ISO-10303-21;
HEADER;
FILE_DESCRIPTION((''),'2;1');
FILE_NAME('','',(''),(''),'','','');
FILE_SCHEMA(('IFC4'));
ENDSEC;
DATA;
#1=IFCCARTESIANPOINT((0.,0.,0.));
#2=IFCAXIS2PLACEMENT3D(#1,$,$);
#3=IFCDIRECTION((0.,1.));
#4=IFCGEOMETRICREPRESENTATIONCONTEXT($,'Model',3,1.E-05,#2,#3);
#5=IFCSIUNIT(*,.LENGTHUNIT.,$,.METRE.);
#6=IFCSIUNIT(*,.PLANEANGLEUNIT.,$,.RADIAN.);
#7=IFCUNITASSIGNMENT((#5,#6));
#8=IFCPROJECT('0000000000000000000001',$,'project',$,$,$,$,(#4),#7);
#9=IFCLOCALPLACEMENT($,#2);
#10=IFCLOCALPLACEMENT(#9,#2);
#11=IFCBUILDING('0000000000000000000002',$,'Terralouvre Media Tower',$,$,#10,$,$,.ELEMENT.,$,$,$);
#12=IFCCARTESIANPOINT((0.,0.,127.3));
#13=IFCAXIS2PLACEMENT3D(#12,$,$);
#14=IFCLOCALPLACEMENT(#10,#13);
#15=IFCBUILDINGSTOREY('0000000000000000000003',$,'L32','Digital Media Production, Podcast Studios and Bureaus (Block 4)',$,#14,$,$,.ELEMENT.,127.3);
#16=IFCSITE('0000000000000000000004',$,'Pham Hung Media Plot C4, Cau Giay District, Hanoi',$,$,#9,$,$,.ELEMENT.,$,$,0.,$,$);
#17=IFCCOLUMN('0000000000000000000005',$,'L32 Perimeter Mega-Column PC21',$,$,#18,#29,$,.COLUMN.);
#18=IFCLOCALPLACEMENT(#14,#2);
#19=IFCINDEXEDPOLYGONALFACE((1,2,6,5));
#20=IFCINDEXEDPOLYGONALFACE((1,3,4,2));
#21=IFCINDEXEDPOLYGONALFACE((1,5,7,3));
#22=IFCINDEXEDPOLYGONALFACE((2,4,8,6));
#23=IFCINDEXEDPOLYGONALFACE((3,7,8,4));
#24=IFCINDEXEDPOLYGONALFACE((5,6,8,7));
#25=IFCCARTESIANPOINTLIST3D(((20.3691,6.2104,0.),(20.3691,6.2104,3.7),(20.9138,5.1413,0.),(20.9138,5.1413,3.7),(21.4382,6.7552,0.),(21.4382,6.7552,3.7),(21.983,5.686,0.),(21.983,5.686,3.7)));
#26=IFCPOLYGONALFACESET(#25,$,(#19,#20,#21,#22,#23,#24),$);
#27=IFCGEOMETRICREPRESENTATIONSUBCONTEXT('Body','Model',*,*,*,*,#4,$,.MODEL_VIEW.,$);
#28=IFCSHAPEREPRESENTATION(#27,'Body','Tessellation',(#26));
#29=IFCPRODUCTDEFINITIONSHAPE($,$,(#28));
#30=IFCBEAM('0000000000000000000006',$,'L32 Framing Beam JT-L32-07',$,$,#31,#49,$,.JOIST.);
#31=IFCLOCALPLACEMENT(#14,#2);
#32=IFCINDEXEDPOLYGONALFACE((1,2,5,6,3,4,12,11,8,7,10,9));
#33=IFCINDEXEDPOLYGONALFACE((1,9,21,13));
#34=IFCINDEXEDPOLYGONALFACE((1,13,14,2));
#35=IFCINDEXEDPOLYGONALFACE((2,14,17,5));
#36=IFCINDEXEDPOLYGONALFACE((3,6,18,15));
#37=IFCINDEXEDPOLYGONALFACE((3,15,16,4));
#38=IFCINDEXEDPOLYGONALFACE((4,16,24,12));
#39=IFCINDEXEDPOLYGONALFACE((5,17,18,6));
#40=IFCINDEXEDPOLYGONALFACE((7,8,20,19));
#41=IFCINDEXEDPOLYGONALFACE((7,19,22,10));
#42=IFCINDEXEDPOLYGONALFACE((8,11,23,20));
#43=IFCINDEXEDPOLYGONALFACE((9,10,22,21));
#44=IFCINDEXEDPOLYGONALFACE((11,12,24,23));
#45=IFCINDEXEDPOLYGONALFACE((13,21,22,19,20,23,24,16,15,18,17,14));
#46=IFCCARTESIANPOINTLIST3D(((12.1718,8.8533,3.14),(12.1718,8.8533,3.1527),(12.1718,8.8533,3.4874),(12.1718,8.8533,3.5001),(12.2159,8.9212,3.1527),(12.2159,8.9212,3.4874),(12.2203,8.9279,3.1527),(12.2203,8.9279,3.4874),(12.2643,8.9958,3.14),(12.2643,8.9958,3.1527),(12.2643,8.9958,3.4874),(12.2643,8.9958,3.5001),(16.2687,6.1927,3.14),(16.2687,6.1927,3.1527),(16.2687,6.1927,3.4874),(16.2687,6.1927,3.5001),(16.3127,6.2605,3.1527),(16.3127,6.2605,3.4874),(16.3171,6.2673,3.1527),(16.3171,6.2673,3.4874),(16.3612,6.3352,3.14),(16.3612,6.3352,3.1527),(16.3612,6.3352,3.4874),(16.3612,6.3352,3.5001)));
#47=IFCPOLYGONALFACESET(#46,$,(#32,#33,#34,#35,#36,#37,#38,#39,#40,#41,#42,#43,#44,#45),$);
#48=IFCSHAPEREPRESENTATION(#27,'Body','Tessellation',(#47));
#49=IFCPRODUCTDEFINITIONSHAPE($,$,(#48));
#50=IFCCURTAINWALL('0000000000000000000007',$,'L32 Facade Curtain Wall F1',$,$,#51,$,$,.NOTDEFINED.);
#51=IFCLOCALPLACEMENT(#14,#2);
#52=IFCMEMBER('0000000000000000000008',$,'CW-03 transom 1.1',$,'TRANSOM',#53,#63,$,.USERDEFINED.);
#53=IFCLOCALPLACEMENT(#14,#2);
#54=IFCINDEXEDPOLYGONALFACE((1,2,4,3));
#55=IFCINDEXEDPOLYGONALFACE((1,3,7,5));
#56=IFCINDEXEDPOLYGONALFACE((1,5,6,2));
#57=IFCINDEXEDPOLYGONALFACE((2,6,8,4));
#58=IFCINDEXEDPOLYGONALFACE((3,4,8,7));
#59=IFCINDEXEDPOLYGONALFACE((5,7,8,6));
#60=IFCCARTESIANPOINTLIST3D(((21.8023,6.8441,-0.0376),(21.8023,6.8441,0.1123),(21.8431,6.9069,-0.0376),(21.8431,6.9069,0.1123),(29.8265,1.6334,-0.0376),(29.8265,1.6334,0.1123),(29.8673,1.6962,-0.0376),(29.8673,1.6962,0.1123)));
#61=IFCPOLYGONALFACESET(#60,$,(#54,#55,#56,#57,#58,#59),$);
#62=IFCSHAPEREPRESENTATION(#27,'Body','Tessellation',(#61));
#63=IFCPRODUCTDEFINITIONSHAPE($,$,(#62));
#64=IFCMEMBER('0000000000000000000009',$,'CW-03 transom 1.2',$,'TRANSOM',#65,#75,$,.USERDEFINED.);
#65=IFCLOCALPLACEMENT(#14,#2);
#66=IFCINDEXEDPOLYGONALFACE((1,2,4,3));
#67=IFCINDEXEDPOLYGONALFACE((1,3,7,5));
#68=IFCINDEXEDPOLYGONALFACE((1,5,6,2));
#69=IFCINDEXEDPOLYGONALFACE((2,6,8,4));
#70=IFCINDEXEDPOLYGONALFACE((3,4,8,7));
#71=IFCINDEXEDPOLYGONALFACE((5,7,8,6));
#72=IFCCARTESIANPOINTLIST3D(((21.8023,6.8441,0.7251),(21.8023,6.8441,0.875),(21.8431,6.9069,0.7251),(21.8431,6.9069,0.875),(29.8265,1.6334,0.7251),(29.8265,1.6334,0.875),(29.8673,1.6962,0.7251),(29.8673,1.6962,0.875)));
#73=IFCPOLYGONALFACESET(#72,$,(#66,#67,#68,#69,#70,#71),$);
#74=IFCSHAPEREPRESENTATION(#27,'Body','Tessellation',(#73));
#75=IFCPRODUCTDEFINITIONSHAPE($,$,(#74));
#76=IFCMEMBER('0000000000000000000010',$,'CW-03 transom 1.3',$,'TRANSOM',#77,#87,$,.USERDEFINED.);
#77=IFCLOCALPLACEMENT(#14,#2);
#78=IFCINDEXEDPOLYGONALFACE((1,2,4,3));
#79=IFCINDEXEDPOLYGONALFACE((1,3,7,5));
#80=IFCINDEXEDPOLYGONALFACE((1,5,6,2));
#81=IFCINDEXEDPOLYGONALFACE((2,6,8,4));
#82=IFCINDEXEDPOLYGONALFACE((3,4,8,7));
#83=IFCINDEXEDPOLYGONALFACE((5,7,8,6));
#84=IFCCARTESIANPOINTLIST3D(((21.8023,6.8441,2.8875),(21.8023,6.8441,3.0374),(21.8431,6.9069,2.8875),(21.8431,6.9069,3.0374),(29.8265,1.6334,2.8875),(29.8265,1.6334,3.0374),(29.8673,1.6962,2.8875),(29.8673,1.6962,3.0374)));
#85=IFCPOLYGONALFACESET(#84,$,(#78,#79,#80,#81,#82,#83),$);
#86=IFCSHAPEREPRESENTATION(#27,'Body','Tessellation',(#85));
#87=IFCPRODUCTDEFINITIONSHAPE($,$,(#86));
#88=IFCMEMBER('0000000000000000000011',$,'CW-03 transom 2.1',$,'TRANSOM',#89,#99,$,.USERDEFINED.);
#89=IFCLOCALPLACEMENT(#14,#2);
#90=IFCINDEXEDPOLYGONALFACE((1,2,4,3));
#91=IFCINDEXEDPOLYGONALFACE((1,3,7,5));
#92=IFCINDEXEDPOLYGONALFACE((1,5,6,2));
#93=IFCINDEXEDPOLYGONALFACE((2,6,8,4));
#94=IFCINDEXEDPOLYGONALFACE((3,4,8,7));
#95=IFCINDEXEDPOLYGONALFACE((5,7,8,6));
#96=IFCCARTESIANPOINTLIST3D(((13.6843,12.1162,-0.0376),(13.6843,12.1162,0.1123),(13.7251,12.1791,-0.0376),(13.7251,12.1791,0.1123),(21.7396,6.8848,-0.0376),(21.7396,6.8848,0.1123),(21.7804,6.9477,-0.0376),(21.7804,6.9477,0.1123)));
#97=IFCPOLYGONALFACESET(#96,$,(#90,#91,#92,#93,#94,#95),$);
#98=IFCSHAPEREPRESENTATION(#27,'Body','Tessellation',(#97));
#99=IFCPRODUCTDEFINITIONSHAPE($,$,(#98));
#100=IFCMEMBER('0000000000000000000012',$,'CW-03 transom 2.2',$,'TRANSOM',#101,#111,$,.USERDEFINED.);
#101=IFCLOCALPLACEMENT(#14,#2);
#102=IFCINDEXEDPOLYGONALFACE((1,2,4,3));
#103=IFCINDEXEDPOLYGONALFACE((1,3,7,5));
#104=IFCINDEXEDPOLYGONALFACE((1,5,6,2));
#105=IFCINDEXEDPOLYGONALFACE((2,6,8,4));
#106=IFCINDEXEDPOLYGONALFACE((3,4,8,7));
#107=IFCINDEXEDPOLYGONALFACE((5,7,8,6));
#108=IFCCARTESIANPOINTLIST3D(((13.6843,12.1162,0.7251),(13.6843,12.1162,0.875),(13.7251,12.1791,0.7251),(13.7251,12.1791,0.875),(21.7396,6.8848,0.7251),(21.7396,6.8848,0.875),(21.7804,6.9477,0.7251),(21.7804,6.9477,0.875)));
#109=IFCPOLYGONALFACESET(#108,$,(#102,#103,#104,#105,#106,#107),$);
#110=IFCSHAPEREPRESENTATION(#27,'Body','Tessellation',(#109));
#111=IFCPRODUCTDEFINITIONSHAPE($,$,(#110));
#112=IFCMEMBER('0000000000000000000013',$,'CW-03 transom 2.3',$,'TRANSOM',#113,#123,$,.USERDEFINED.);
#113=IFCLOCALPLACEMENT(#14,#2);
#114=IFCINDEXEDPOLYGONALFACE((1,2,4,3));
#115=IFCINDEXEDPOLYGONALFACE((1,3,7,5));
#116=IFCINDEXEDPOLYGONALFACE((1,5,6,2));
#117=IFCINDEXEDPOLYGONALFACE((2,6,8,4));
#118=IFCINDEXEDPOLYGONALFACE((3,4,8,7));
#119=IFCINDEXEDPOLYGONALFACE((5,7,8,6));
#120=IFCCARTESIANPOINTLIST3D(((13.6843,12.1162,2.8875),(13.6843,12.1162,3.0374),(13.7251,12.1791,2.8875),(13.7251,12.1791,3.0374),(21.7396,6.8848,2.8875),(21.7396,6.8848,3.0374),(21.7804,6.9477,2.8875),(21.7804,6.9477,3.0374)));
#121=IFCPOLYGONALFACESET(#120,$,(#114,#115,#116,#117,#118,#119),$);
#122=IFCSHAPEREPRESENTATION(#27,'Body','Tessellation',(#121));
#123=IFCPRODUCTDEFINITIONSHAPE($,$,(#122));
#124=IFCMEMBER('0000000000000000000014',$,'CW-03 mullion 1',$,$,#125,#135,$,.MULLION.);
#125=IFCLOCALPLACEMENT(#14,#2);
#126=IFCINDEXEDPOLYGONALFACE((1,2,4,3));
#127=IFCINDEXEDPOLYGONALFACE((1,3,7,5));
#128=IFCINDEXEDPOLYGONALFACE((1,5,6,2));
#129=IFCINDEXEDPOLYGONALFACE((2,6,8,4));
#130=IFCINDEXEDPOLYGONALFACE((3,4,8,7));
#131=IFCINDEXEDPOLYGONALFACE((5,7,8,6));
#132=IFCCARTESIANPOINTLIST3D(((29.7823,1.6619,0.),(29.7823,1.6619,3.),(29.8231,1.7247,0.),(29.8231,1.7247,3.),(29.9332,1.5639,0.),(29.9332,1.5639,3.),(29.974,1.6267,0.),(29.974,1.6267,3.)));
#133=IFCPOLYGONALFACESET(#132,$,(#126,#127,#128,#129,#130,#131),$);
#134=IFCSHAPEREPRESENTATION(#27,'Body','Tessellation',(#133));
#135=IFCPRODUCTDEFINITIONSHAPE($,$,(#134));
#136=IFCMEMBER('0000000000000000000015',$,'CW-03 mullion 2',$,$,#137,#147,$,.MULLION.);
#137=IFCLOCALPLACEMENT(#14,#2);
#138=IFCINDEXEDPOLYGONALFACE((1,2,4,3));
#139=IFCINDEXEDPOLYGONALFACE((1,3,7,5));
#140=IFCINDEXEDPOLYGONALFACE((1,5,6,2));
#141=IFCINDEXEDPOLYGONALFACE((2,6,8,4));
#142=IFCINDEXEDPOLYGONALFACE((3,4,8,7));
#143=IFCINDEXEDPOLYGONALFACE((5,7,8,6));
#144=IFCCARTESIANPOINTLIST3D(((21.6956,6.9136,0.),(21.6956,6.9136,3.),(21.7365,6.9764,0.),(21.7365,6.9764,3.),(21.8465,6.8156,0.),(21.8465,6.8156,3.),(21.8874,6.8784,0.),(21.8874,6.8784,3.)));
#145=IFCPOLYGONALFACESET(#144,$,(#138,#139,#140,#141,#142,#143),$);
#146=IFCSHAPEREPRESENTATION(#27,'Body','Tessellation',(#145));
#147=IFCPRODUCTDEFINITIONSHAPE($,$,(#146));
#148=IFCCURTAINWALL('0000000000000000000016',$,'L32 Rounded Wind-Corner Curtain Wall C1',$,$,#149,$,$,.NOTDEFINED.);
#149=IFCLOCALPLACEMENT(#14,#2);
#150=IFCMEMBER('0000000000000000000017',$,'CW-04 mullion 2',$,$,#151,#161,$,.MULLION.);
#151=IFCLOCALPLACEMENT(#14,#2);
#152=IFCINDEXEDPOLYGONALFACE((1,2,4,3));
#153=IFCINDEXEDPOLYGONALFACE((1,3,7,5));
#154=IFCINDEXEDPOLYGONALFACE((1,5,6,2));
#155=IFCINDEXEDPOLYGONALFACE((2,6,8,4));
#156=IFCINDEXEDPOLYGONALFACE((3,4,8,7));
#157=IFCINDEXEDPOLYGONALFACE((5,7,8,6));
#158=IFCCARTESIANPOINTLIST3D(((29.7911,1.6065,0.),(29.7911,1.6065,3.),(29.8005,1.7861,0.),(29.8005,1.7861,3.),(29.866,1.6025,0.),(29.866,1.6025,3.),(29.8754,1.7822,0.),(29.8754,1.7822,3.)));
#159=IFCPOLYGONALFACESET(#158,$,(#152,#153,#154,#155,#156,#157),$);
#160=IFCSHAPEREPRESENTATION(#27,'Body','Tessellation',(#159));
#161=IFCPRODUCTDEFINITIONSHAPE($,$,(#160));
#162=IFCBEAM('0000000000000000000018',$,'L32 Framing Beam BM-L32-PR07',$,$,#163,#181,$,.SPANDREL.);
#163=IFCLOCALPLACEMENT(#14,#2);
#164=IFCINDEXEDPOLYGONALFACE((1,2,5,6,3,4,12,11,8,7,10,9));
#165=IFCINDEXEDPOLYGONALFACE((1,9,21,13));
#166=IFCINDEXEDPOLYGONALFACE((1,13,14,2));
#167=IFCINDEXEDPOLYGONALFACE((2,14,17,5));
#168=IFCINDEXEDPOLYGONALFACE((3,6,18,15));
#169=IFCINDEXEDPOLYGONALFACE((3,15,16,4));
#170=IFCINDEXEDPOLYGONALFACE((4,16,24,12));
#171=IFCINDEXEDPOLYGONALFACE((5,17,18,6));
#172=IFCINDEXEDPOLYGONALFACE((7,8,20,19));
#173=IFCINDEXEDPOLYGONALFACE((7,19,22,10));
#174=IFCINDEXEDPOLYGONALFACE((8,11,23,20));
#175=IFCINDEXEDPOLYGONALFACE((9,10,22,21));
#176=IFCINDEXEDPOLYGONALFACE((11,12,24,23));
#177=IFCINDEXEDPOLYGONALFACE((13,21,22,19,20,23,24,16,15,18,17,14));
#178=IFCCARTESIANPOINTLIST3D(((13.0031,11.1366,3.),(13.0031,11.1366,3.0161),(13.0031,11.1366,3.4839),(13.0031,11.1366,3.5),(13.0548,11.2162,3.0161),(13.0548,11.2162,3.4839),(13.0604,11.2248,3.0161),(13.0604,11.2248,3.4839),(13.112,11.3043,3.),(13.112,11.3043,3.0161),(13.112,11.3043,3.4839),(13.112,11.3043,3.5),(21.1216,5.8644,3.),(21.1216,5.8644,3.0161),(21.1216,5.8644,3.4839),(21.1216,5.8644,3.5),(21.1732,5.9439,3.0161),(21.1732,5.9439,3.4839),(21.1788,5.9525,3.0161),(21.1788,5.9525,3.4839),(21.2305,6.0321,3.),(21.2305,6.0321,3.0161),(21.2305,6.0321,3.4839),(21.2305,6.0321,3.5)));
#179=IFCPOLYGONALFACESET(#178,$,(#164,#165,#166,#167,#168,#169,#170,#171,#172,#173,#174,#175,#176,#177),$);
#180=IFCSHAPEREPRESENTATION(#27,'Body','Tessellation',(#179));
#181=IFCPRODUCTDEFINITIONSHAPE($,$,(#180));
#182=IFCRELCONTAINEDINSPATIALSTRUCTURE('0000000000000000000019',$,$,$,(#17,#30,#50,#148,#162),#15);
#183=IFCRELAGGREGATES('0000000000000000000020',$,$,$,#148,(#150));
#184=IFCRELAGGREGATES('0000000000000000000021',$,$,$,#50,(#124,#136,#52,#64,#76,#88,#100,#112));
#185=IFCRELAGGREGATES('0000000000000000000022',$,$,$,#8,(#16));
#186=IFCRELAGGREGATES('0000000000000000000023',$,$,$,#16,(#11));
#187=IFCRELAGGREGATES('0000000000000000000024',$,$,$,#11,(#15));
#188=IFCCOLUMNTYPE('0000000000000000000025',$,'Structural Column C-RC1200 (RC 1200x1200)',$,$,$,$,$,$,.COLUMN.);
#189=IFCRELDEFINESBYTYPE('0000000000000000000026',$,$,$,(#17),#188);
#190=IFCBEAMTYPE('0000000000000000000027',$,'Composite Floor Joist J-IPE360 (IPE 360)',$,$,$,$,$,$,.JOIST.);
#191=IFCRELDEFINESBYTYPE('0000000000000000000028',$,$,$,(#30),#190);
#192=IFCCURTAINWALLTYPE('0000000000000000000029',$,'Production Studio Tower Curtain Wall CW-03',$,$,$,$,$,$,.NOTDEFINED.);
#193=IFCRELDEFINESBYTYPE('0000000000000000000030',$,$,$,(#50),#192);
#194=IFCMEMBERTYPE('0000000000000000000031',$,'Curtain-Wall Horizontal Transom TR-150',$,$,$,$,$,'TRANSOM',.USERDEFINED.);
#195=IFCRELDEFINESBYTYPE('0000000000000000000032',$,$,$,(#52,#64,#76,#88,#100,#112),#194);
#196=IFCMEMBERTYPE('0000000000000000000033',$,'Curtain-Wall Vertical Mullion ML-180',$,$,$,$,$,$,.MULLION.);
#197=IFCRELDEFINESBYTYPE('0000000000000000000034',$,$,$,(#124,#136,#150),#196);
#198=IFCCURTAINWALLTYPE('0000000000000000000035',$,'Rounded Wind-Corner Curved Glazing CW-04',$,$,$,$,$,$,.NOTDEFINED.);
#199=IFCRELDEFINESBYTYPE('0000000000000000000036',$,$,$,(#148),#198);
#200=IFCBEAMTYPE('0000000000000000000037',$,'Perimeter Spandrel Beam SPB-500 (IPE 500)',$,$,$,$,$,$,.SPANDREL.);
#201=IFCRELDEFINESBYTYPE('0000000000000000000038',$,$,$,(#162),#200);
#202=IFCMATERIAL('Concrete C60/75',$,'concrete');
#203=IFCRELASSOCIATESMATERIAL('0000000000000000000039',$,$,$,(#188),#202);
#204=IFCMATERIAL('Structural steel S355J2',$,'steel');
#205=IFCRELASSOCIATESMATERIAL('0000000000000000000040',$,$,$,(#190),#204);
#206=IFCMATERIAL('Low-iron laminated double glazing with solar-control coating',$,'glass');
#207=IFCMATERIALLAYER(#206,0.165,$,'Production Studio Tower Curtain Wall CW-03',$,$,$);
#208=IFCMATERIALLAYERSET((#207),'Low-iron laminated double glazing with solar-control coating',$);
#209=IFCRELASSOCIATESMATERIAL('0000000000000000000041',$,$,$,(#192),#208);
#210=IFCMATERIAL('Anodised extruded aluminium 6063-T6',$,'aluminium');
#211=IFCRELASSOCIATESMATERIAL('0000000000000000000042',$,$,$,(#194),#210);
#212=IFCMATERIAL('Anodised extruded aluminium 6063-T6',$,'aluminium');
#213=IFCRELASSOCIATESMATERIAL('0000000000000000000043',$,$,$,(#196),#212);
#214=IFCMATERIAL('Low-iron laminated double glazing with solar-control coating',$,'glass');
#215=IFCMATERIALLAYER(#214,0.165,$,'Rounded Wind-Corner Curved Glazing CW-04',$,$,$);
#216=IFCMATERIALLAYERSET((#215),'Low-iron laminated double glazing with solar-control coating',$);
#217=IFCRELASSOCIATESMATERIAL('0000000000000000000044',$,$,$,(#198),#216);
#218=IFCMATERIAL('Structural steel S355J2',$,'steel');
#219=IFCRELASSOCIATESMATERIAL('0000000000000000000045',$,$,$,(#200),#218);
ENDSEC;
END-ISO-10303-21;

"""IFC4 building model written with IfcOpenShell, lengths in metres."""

from ifc_helpers import new_model, si_unit, direction, frame, origin, origin_2d, place, context, subcontext, project, spatial, rectangle, i_section, extrude, material, layer, layer_set, material_profile, profile_set, type_object, element, aggregate, save


model = new_model("IFC4")

# Units and contexts
model_context = context("Model", 3, precision=1e-05, world=origin(), true_north=direction((0.0, 1.0)))
body_context = subcontext(model_context, "Body", "Model", "MODEL_VIEW")
ifc_project = project(units=[si_unit("LENGTHUNIT", "METRE"), si_unit("PLANEANGLEUNIT", "RADIAN")], contexts=[model_context])

# Site, building, storey
site_placement = place(None, origin())
site = spatial("IfcSite", under=ifc_project, at=site_placement, Name="Pham Hung Media Plot C4, Cau Giay District, Hanoi", CompositionType="ELEMENT", RefElevation=0.0)
building_placement = place(site_placement, origin())
building = spatial("IfcBuilding", under=site, at=building_placement, Name="Terralouvre Media Tower", CompositionType="ELEMENT")
storey_placement = place(building_placement, frame((0.0, 0.0, 127.3)))
storey = spatial("IfcBuildingStorey", under=building, at=storey_placement, Name="L32", Description="Digital Media Production, Podcast Studios and Bureaus (Block 4)", CompositionType="ELEMENT", Elevation=127.3)

# Column
ifc_material_1 = material(Name="Concrete C60/75", Category="concrete")
ifc_material_profile_1 = material_profile(ifc_material_1, rectangle(XDim=1.2, YDim=1.2, at=origin_2d()), Name="RC 1200x1200")
ifc_profile_set_1 = profile_set([ifc_material_profile_1], Name="Concrete C60/75")
column_type = type_object("IfcColumnType", Name="Structural Column C-RC1200 (RC 1200x1200)", PredefinedType="COLUMN", material=ifc_profile_set_1)
column_placement = place(storey_placement, frame((21.176, 5.9482, 0.0), z_axis=(0.0, 0.0, 1.0), x_axis=(0.891007, 0.45399, 0.0)))
element("IfcColumn", 1, at=column_placement, inside=storey, type_object=column_type, Name="L32 Perimeter Mega-Column PC21", PredefinedType="COLUMN", context=body_context, shape_type="SweptSolid", body=[
    extrude(rectangle(XDim=1.2, YDim=1.2, at=origin_2d()), origin(), (0.0, 0.0, 1.0), 3.7),
])

# Beam
ifc_material_2 = material(Name="Structural steel S355J2", Category="steel")
ifc_material_profile_2 = material_profile(ifc_material_2, i_section(OverallWidth=0.1699, OverallDepth=0.3601, WebThickness=0.0081, FlangeThickness=0.0127, at=origin_2d()), Name="IPE 360")
ifc_profile_set_2 = profile_set([ifc_material_profile_2], Name="Structural steel S355J2")
beam_type_1 = type_object("IfcBeamType", Name="Composite Floor Joist J-IPE360 (IPE 360)", PredefinedType="JOIST", material=ifc_profile_set_2)
beam_1_placement = place(storey_placement, frame((16.3149, 6.2639, 3.3201), z_axis=(-0.838664, 0.544649, 0.0), x_axis=(-0.544649, -0.838664, 0.0)))
element("IfcBeam", 2, at=beam_1_placement, inside=storey, type_object=beam_type_1, Name="L32 Framing Beam JT-L32-07", PredefinedType="JOIST", context=body_context, shape_type="SweptSolid", body=[
    extrude(i_section(OverallWidth=0.1699, OverallDepth=0.3601, WebThickness=0.0081, FlangeThickness=0.0127, at=origin_2d()), origin(), (0.0, 0.0, 1.0), 4.885),
])

# Curtain wall, members
ifc_material_3 = material(Name="Low-iron laminated double glazing with solar-control coating", Category="glass")
ifc_layer_1 = layer(ifc_material_3, 0.165, Name="Production Studio Tower Curtain Wall CW-03")
ifc_layer_set_1 = layer_set([ifc_layer_1], Name="Low-iron laminated double glazing with solar-control coating")
curtain_wall_type_1 = type_object("IfcCurtainWallType", Name="Production Studio Tower Curtain Wall CW-03", PredefinedType="NOTDEFINED", material=ifc_layer_set_1)
curtain_wall_1_placement = place(storey_placement, origin())
curtain_wall_1 = element("IfcCurtainWall", 3, at=curtain_wall_1_placement, inside=storey, type_object=curtain_wall_type_1, Name="L32 Facade Curtain Wall F1", PredefinedType="NOTDEFINED")
ifc_material_4 = material(Name="Anodised extruded aluminium 6063-T6", Category="aluminium")
ifc_material_profile_3 = material_profile(ifc_material_4, rectangle(XDim=0.075, YDim=0.1499, at=origin_2d()), Name="ALU 75x150")
ifc_profile_set_3 = profile_set([ifc_material_profile_3], Name="Anodised extruded aluminium 6063-T6")
member_type_1 = type_object("IfcMemberType", Name="Curtain-Wall Horizontal Transom TR-150", ElementType="TRANSOM", PredefinedType="USERDEFINED", material=ifc_profile_set_3)
member_1_placement = place(storey_placement, frame((29.8469, 1.6648, 0.0374), z_axis=(-0.838683, 0.54462, 0.0), x_axis=(-0.54462, -0.838683, 0.0)))
member_1 = element("IfcMember", 4, at=member_1_placement, type_object=member_type_1, Name="CW-03 transom 1.1", ObjectType="TRANSOM", PredefinedType="USERDEFINED", context=body_context, shape_type="SweptSolid", body=[
    extrude(rectangle(XDim=0.075, YDim=0.1499, at=origin_2d()), origin(), (0.0, 0.0, 1.0), 9.5676),
])
member_2_placement = place(storey_placement, frame((29.8469, 1.6648, 0.8), z_axis=(-0.838683, 0.54462, 0.0), x_axis=(-0.54462, -0.838683, 0.0)))
member_2 = element("IfcMember", 5, at=member_2_placement, type_object=member_type_1, Name="CW-03 transom 1.2", ObjectType="TRANSOM", PredefinedType="USERDEFINED", context=body_context, shape_type="SweptSolid", body=[
    extrude(rectangle(XDim=0.075, YDim=0.1499, at=origin_2d()), origin(), (0.0, 0.0, 1.0), 9.5676),
])
member_3_placement = place(storey_placement, frame((29.8469, 1.6648, 2.9624), z_axis=(-0.838683, 0.54462, 0.0), x_axis=(-0.54462, -0.838683, 0.0)))
member_3 = element("IfcMember", 6, at=member_3_placement, type_object=member_type_1, Name="CW-03 transom 1.3", ObjectType="TRANSOM", PredefinedType="USERDEFINED", context=body_context, shape_type="SweptSolid", body=[
    extrude(rectangle(XDim=0.075, YDim=0.1499, at=origin_2d()), origin(), (0.0, 0.0, 1.0), 9.5676),
])
member_4_placement = place(storey_placement, frame((21.76, 6.9163, 0.0374), z_axis=(-0.838661, 0.544653, 0.0), x_axis=(-0.544653, -0.838661, 0.0)))
member_4 = element("IfcMember", 7, at=member_4_placement, type_object=member_type_1, Name="CW-03 transom 2.1", ObjectType="TRANSOM", PredefinedType="USERDEFINED", context=body_context, shape_type="SweptSolid", body=[
    extrude(rectangle(XDim=0.075, YDim=0.1499, at=origin_2d()), origin(), (0.0, 0.0, 1.0), 9.605),
])
member_5_placement = place(storey_placement, frame((21.76, 6.9163, 0.8), z_axis=(-0.838661, 0.544653, 0.0), x_axis=(-0.544653, -0.838661, 0.0)))
member_5 = element("IfcMember", 8, at=member_5_placement, type_object=member_type_1, Name="CW-03 transom 2.2", ObjectType="TRANSOM", PredefinedType="USERDEFINED", context=body_context, shape_type="SweptSolid", body=[
    extrude(rectangle(XDim=0.075, YDim=0.1499, at=origin_2d()), origin(), (0.0, 0.0, 1.0), 9.605),
])
member_6_placement = place(storey_placement, frame((21.76, 6.9163, 2.9624), z_axis=(-0.838661, 0.544653, 0.0), x_axis=(-0.544653, -0.838661, 0.0)))
member_6 = element("IfcMember", 9, at=member_6_placement, type_object=member_type_1, Name="CW-03 transom 2.3", ObjectType="TRANSOM", PredefinedType="USERDEFINED", context=body_context, shape_type="SweptSolid", body=[
    extrude(rectangle(XDim=0.075, YDim=0.1499, at=origin_2d()), origin(), (0.0, 0.0, 1.0), 9.605),
])
ifc_material_5 = material(Name="Anodised extruded aluminium 6063-T6", Category="aluminium")
ifc_material_profile_4 = material_profile(ifc_material_5, rectangle(XDim=0.075, YDim=0.1799, at=origin_2d()), Name="ALU 75x180")
ifc_profile_set_4 = profile_set([ifc_material_profile_4], Name="Anodised extruded aluminium 6063-T6")
member_type_2 = type_object("IfcMemberType", Name="Curtain-Wall Vertical Mullion ML-180", PredefinedType="MULLION", material=ifc_profile_set_4)
member_7_placement = place(storey_placement, frame((29.8782, 1.6443, 0.0), z_axis=(0.0, 0.0, 1.0), x_axis=(-0.544639, -0.838671, 0.0)))
member_7 = element("IfcMember", 10, at=member_7_placement, type_object=member_type_2, Name="CW-03 mullion 1", PredefinedType="MULLION", context=body_context, shape_type="SweptSolid", body=[
    extrude(rectangle(XDim=0.075, YDim=0.1799, at=origin_2d()), origin(), (0.0, 0.0, 1.0), 3.0),
])
member_8_placement = place(storey_placement, frame((21.7915, 6.896, 0.0), z_axis=(0.0, 0.0, 1.0), x_axis=(-0.544639, -0.838671, 0.0)))
member_8 = element("IfcMember", 11, at=member_8_placement, type_object=member_type_2, Name="CW-03 mullion 2", PredefinedType="MULLION", context=body_context, shape_type="SweptSolid", body=[
    extrude(rectangle(XDim=0.075, YDim=0.1799, at=origin_2d()), origin(), (0.0, 0.0, 1.0), 3.0),
])

# Curtain wall, member
ifc_material_6 = material(Name="Low-iron laminated double glazing with solar-control coating", Category="glass")
ifc_layer_2 = layer(ifc_material_6, 0.165, Name="Rounded Wind-Corner Curved Glazing CW-04")
ifc_layer_set_2 = layer_set([ifc_layer_2], Name="Low-iron laminated double glazing with solar-control coating")
curtain_wall_type_2 = type_object("IfcCurtainWallType", Name="Rounded Wind-Corner Curved Glazing CW-04", PredefinedType="NOTDEFINED", material=ifc_layer_set_2)
curtain_wall_2_placement = place(storey_placement, origin())
curtain_wall_2 = element("IfcCurtainWall", 12, at=curtain_wall_2_placement, inside=storey, type_object=curtain_wall_type_2, Name="L32 Rounded Wind-Corner Curtain Wall C1", PredefinedType="NOTDEFINED")
member_9_placement = place(storey_placement, frame((29.8333, 1.6943, 0.0), z_axis=(0.0, 0.0, 1.0), x_axis=(-0.998629, 0.052337, 0.0)))
member_9 = element("IfcMember", 13, at=member_9_placement, type_object=member_type_2, Name="CW-04 mullion 2", PredefinedType="MULLION", context=body_context, shape_type="SweptSolid", body=[
    extrude(rectangle(XDim=0.075, YDim=0.1799, at=origin_2d()), origin(), (0.0, 0.0, 1.0), 3.0),
])
aggregate(curtain_wall_2, [member_9])

# Beam
ifc_material_7 = material(Name="Structural steel S355J2", Category="steel")
ifc_material_profile_5 = material_profile(ifc_material_7, i_section(OverallWidth=0.2, OverallDepth=0.5, WebThickness=0.0103, FlangeThickness=0.0161, at=origin_2d()), Name="IPE 500")
ifc_profile_set_5 = profile_set([ifc_material_profile_5], Name="Structural steel S355J2")
beam_type_2 = type_object("IfcBeamType", Name="Perimeter Spandrel Beam SPB-500 (IPE 500)", PredefinedType="SPANDREL", material=ifc_profile_set_5)
beam_2_placement = place(storey_placement, frame((21.176, 5.9482, 3.25), z_axis=(-0.838668, 0.544643, 0.0), x_axis=(-0.544643, -0.838668, 0.0)))
element("IfcBeam", 14, at=beam_2_placement, inside=storey, type_object=beam_type_2, Name="L32 Framing Beam BM-L32-PR07", PredefinedType="SPANDREL", context=body_context, shape_type="SweptSolid", body=[
    extrude(i_section(OverallWidth=0.2, OverallDepth=0.5, WebThickness=0.0103, FlangeThickness=0.0161, at=origin_2d()), origin(), (0.0, 0.0, 1.0), 9.6802),
])

aggregate(curtain_wall_1, [member_7, member_8, member_1, member_2, member_3, member_4, member_5, member_6])

save(model, "model.ifc")
